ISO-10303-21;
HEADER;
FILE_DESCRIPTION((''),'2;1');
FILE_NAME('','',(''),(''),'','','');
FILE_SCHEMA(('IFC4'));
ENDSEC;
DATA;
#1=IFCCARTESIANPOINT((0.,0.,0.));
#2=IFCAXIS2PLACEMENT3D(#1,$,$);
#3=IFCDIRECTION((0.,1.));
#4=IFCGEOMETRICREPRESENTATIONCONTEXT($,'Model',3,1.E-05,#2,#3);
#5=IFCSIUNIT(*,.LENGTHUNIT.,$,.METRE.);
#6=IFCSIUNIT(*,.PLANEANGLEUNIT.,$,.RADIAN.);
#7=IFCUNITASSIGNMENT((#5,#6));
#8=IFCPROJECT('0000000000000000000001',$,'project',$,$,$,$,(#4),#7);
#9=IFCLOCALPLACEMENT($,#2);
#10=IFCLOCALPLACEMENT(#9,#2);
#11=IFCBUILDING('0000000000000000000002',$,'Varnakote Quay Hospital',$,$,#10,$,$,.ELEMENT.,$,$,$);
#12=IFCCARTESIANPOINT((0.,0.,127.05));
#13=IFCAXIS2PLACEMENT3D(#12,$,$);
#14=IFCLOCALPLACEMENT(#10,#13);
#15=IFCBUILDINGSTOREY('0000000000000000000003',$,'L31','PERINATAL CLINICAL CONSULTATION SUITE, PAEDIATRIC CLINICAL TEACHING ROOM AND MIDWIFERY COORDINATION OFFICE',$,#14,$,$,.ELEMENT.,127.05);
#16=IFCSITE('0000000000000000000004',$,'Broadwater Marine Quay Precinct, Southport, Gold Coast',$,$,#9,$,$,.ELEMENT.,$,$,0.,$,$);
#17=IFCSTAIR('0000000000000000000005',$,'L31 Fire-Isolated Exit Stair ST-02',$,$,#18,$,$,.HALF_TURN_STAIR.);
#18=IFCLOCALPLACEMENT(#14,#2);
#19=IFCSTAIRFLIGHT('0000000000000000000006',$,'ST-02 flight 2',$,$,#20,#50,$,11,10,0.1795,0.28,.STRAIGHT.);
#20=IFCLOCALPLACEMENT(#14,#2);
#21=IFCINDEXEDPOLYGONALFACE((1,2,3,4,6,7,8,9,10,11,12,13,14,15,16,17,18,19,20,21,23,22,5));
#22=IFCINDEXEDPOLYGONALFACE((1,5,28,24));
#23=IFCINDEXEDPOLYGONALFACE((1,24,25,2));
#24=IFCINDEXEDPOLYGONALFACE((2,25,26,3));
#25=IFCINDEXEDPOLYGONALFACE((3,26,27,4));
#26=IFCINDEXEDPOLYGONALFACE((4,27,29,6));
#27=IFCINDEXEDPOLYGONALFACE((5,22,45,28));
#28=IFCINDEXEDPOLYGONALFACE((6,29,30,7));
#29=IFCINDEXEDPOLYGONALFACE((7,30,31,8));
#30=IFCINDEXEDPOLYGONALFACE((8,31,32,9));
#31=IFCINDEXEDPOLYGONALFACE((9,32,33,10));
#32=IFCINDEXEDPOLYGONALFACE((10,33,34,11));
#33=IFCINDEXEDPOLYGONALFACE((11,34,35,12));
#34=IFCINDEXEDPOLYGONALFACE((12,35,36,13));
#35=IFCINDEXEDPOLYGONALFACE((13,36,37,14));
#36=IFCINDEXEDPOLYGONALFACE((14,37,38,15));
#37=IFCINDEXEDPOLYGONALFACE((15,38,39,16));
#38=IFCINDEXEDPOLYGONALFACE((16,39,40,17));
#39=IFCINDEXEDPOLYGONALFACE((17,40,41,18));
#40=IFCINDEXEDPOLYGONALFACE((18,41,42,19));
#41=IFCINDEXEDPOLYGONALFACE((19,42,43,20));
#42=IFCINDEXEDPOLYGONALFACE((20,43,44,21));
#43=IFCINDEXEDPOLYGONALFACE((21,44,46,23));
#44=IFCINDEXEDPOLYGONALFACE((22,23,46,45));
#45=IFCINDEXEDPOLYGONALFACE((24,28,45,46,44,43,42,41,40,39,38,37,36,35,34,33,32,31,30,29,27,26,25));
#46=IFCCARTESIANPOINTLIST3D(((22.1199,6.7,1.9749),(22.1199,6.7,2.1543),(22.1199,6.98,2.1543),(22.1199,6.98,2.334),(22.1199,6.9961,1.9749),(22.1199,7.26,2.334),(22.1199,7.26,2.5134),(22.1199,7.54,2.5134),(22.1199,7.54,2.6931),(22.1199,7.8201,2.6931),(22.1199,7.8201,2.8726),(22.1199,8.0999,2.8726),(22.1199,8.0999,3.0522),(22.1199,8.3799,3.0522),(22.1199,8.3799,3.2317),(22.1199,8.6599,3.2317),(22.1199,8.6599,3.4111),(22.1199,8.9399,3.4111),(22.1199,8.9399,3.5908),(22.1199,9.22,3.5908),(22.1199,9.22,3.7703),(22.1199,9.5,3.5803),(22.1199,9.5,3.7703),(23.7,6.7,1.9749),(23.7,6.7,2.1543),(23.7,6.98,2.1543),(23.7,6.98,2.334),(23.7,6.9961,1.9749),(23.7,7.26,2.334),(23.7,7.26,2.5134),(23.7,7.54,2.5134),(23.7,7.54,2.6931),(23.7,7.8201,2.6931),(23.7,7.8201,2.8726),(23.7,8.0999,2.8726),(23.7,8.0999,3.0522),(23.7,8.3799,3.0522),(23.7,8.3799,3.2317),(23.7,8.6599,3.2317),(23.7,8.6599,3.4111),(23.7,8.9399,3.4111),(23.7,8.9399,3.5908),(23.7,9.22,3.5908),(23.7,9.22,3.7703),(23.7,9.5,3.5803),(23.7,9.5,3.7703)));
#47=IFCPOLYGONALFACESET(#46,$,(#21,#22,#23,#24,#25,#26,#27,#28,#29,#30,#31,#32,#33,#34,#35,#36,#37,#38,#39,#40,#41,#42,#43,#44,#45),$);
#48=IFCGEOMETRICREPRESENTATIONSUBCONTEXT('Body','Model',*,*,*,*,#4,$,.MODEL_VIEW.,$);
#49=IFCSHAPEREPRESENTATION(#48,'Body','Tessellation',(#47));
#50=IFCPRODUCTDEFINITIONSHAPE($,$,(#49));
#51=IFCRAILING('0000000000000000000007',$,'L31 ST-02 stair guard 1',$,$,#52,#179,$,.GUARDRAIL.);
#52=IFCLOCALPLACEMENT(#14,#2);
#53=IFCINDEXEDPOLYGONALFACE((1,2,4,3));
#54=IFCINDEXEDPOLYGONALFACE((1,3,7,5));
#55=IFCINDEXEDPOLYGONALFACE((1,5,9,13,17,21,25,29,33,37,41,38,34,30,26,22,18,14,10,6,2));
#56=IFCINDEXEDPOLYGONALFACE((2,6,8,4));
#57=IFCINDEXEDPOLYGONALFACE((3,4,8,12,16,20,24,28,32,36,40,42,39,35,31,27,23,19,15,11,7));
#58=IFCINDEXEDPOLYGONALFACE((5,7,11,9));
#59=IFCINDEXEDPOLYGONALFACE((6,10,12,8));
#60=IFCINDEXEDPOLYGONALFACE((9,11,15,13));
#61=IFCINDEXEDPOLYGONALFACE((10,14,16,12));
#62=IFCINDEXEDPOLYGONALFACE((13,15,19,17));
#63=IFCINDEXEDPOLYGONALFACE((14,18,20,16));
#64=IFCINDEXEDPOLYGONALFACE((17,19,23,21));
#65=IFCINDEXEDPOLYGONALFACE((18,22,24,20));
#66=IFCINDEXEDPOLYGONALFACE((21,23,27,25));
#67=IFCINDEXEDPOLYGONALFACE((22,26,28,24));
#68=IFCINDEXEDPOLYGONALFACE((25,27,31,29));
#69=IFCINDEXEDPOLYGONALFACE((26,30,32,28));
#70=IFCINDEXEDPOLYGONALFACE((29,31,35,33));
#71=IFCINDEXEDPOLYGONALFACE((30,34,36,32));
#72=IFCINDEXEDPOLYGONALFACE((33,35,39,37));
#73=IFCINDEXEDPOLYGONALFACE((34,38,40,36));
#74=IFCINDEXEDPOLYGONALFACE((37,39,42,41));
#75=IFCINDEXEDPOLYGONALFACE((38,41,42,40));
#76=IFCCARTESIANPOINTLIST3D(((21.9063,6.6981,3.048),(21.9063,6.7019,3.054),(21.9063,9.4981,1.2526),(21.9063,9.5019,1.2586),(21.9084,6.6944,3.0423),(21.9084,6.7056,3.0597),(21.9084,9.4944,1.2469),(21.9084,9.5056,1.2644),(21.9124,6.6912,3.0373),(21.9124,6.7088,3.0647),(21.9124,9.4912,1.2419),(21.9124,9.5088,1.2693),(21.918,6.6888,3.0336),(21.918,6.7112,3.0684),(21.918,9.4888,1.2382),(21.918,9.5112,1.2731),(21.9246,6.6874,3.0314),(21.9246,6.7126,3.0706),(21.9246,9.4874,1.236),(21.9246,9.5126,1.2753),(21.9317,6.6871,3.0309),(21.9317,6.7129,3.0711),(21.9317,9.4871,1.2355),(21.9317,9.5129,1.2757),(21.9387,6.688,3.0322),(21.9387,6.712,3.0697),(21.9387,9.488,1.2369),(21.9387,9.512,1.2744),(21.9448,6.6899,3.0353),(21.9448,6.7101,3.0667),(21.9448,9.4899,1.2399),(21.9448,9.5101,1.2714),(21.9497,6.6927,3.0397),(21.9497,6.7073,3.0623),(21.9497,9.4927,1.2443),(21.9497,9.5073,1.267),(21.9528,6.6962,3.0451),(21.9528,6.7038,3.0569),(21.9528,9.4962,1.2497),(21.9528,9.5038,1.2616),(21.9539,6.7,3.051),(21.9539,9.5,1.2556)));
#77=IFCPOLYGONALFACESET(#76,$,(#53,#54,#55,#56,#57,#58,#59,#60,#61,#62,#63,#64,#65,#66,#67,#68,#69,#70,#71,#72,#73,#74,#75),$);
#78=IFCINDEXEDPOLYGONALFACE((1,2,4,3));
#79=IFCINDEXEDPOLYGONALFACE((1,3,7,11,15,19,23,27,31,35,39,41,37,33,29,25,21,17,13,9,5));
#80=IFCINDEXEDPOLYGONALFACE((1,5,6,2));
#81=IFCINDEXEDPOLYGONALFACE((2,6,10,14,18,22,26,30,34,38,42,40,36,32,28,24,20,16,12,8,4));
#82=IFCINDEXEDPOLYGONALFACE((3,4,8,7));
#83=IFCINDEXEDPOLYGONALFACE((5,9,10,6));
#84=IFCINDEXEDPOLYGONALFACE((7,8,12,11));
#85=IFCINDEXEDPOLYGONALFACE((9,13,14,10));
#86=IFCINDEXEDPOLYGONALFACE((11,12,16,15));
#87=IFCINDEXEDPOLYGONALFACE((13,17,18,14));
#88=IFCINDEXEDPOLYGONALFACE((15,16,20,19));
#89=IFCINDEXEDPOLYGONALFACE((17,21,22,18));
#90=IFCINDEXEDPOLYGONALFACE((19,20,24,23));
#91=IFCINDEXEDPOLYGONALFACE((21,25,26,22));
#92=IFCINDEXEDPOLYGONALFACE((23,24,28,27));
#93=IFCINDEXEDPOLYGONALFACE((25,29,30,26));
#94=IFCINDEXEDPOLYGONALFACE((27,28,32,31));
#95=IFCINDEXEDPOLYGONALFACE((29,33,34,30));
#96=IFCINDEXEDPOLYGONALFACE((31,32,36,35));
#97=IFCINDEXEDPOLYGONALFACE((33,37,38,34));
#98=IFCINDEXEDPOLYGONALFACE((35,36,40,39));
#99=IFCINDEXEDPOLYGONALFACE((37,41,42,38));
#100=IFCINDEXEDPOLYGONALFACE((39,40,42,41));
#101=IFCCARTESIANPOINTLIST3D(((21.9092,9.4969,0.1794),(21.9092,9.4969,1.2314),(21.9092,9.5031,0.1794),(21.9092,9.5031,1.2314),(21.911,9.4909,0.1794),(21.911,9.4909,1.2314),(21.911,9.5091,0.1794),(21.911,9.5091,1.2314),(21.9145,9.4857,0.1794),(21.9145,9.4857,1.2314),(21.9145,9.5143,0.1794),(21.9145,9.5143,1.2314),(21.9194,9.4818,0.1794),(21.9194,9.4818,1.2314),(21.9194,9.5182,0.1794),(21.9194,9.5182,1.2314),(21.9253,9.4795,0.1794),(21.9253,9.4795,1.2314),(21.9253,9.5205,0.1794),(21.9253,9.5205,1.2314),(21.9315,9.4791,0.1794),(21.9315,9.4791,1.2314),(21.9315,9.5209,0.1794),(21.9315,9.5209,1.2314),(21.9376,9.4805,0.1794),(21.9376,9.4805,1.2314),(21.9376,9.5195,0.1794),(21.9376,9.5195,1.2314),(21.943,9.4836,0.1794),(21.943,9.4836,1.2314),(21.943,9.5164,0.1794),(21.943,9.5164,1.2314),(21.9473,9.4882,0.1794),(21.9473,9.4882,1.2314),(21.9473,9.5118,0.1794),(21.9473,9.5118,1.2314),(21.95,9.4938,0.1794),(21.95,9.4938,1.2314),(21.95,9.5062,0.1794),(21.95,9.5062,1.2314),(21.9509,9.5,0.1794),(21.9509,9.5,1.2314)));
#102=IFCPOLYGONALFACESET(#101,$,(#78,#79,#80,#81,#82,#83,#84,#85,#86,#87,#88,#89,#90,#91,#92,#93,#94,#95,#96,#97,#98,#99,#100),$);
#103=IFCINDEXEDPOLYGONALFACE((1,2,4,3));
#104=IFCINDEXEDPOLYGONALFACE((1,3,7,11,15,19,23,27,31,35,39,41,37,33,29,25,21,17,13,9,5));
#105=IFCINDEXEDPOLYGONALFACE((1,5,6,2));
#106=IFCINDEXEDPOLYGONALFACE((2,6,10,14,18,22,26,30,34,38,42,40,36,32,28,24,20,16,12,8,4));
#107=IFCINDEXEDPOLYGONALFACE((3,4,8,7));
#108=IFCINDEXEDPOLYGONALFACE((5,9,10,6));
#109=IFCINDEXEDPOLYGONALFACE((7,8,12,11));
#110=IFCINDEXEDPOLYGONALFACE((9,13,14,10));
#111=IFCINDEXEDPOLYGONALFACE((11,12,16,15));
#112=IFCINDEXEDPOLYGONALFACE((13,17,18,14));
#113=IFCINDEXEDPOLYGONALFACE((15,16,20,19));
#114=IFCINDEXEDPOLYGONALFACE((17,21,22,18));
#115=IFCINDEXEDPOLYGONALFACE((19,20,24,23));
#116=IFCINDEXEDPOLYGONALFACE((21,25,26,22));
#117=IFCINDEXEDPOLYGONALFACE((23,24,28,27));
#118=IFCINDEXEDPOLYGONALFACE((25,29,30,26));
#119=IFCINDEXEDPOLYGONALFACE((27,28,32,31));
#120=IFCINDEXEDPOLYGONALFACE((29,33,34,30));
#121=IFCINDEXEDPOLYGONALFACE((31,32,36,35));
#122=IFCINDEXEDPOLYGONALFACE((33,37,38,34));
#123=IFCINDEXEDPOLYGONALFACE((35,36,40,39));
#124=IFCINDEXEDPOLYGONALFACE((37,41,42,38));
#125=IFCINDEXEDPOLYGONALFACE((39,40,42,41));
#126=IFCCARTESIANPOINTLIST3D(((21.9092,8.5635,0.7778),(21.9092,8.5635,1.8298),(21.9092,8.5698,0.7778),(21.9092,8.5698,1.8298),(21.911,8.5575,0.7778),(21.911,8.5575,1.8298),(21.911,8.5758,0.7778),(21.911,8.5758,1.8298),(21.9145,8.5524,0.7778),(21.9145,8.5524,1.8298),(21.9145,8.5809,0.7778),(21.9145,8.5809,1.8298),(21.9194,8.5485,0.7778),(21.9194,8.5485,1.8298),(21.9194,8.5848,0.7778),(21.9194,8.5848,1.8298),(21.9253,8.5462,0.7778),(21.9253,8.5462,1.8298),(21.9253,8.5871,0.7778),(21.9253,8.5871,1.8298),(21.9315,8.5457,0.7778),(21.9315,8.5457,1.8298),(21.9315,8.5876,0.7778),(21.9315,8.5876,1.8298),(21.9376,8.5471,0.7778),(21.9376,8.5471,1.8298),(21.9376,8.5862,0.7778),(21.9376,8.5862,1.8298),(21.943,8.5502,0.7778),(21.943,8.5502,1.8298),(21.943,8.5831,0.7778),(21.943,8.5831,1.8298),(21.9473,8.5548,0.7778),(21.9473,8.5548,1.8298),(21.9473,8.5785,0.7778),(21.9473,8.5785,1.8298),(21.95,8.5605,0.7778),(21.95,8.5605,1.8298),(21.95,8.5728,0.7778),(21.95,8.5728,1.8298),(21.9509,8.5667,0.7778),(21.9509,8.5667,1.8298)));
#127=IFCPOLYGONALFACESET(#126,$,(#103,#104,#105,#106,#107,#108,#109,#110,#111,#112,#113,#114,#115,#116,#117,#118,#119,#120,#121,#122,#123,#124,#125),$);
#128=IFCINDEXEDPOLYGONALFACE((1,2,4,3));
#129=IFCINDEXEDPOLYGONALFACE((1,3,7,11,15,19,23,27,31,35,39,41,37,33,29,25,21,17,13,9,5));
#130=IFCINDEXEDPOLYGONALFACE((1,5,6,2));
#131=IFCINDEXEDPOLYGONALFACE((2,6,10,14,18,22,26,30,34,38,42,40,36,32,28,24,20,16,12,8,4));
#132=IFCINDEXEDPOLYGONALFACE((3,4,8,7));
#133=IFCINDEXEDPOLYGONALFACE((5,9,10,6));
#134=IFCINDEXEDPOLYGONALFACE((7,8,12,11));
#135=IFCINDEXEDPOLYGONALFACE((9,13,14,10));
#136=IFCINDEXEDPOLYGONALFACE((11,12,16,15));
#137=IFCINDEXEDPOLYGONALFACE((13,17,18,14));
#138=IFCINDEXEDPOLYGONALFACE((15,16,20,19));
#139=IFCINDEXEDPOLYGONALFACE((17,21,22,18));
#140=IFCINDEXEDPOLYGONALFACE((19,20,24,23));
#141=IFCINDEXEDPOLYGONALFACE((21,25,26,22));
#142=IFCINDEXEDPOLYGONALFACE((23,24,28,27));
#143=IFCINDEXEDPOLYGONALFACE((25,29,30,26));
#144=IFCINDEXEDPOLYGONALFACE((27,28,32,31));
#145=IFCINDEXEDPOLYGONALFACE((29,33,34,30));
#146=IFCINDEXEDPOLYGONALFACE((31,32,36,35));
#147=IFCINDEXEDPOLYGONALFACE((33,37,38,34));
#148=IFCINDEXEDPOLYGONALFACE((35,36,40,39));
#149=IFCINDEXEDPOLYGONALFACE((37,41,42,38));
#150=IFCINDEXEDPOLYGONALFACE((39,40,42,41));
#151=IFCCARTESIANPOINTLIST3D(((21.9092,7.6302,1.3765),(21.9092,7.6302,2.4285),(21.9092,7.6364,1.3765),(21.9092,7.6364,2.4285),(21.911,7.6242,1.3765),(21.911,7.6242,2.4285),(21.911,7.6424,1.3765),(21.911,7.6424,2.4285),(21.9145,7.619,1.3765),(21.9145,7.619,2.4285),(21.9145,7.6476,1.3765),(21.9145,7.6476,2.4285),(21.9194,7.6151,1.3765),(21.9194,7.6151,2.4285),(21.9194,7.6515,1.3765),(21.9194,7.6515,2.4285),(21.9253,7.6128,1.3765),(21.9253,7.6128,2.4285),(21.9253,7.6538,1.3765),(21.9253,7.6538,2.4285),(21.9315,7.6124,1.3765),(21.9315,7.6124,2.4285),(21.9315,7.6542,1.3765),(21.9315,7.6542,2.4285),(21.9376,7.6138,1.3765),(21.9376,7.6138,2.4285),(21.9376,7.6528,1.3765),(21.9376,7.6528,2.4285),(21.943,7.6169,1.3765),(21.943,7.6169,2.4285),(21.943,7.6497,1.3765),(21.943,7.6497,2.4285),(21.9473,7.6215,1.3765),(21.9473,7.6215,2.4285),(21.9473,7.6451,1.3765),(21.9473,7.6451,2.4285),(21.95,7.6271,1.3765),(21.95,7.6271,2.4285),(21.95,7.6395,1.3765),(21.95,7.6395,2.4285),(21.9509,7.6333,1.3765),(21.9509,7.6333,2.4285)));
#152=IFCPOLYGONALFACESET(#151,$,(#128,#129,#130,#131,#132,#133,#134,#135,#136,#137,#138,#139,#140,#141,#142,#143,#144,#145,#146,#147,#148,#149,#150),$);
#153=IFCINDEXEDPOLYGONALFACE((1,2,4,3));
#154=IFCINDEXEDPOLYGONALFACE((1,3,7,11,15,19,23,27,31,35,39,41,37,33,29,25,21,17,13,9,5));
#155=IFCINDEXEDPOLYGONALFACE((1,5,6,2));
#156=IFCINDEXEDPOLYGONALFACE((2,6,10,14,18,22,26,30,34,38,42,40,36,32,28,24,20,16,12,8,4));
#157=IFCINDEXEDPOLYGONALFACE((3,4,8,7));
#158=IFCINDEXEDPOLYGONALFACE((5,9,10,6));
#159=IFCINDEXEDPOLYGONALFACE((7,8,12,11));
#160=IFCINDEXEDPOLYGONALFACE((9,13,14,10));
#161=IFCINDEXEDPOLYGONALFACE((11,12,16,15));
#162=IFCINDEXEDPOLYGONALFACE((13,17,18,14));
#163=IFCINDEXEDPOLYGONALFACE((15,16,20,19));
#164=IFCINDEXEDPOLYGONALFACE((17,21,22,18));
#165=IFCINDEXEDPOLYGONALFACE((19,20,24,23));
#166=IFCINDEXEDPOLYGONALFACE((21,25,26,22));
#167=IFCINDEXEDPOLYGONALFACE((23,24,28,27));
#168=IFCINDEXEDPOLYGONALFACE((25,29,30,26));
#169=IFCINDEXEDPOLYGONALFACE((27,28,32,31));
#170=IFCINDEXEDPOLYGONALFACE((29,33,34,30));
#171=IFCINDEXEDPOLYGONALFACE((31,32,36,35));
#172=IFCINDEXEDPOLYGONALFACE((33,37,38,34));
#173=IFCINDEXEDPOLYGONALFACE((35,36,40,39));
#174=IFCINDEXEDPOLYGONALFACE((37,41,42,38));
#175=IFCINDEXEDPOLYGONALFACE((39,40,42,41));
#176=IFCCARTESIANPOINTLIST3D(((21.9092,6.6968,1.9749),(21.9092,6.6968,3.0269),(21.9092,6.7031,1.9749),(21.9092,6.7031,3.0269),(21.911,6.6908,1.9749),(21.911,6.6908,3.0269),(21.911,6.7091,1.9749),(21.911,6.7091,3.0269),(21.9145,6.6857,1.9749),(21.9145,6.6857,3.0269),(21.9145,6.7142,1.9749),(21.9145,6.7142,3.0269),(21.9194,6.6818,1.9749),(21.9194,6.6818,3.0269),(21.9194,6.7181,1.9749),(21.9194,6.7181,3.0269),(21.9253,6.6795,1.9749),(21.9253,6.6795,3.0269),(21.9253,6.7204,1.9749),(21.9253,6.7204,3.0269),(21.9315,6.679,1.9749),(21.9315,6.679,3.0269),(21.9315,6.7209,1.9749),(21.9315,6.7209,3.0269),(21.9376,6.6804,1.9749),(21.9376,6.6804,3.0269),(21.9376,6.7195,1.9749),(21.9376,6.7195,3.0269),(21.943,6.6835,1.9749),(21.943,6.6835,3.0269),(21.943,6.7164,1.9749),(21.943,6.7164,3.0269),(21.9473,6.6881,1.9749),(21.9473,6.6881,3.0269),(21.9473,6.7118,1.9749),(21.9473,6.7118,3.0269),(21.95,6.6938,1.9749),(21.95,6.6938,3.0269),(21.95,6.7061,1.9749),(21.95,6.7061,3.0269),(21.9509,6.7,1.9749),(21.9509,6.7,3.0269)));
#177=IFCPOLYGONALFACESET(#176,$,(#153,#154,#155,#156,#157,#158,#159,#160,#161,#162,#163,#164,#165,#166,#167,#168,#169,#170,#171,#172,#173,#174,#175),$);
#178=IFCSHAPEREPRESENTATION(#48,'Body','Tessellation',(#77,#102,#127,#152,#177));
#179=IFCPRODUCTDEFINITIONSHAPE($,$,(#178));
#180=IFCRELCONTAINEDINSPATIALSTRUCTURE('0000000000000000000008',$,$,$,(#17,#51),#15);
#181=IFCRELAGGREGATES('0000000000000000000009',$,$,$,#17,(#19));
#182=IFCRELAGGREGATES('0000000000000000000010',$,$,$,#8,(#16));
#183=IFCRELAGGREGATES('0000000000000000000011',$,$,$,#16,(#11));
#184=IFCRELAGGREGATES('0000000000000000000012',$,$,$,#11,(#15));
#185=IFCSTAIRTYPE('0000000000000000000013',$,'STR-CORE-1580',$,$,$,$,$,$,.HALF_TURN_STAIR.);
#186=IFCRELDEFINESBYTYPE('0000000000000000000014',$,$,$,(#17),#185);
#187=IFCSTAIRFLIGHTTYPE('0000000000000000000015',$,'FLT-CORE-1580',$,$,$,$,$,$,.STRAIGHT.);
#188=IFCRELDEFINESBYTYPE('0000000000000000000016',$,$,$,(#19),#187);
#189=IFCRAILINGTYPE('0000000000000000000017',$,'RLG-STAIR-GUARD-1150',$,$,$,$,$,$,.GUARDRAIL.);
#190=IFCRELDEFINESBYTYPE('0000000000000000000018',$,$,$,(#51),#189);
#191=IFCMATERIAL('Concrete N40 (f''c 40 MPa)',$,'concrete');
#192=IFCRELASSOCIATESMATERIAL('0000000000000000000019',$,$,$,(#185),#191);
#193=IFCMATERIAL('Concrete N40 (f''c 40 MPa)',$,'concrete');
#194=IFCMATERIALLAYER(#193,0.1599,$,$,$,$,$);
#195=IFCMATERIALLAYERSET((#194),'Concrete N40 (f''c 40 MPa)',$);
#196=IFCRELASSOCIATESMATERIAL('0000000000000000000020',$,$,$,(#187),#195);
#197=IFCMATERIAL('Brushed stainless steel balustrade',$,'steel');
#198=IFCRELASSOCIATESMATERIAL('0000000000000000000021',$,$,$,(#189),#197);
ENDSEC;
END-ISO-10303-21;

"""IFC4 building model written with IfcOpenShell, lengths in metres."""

from ifc_helpers import new_model, si_unit, direction, frame, origin, origin_2d, place, context, subcontext, project, spatial, polyline, circle, outline, extrude, material, layer, layer_set, type_object, element, aggregate, save


model = new_model("IFC4")

# Units and contexts
model_context = context("Model", 3, precision=1e-05, world=origin(), true_north=direction((0.0, 1.0)))
body_context = subcontext(model_context, "Body", "Model", "MODEL_VIEW")
ifc_project = project(units=[si_unit("LENGTHUNIT", "METRE"), si_unit("PLANEANGLEUNIT", "RADIAN")], contexts=[model_context])

# Site, building, storey
site_placement = place(None, origin())
site = spatial("IfcSite", under=ifc_project, at=site_placement, Name="Broadwater Marine Quay Precinct, Southport, Gold Coast", CompositionType="ELEMENT", RefElevation=0.0)
building_placement = place(site_placement, origin())
building = spatial("IfcBuilding", under=site, at=building_placement, Name="Varnakote Quay Hospital", CompositionType="ELEMENT")
storey_placement = place(building_placement, frame((0.0, 0.0, 127.05)))
storey = spatial("IfcBuildingStorey", under=building, at=storey_placement, Name="L31", Description="PERINATAL CLINICAL CONSULTATION SUITE, PAEDIATRIC CLINICAL TEACHING ROOM AND MIDWIFERY COORDINATION OFFICE", CompositionType="ELEMENT", Elevation=127.05)

# Stair, stair flight
ifc_material_1 = material(Name="Concrete N40 (f'c 40 MPa)", Category="concrete")
stair_type = type_object("IfcStairType", Name="STR-CORE-1580", PredefinedType="HALF_TURN_STAIR", material=ifc_material_1)
stair_placement = place(storey_placement, origin())
stair = element("IfcStair", 1, at=stair_placement, inside=storey, type_object=stair_type, Name="L31 Fire-Isolated Exit Stair ST-02", PredefinedType="HALF_TURN_STAIR")
ifc_material_2 = material(Name="Concrete N40 (f'c 40 MPa)", Category="concrete")
ifc_layer_1 = layer(ifc_material_2, 0.1599)
ifc_layer_set_1 = layer_set([ifc_layer_1], Name="Concrete N40 (f'c 40 MPa)")
stair_flight_type = type_object("IfcStairFlightType", Name="FLT-CORE-1580", PredefinedType="STRAIGHT", material=ifc_layer_set_1)
stair_flight_1_placement = place(storey_placement, frame((22.9099, 6.7, 1.9749), z_axis=(0.0, 0.0, 1.0), x_axis=(0.0, 1.0, 0.0)))
stair_flight_1 = element("IfcStairFlight", 2, at=stair_flight_1_placement, type_object=stair_flight_type, Name="ST-02 flight 2", NumberOfRisers=11, NumberOfTreads=10, PredefinedType="STRAIGHT", RiserHeight=0.1795, TreadLength=0.28, context=body_context, shape_type="SweptSolid", body=[
    extrude(outline(polyline([(0.0, 0.0), (0.0, 0.1794), (0.28, 0.1794), (0.28, 0.3591), (0.5601, 0.3591), (0.5601, 0.5386), (0.8401, 0.5386), (0.8401, 0.7183), (1.1201, 0.7183), (1.1201, 0.8977), (1.3999, 0.8977), (1.3999, 1.0774), (1.6799, 1.0774), (1.6799, 1.2568), (1.96, 1.2568), (1.96, 1.4363), (2.24, 1.4363), (2.24, 1.616), (2.52, 1.616), (2.52, 1.7954), (2.8, 1.7954), (2.8, 1.9751), (2.8, 1.6055), (0.2961, 0.0), (0.0, 0.0)])), frame((0.0, 0.79, 0.0), z_axis=(0.0, -1.0, 0.0), x_axis=(1.0, 0.0, 0.0)), (0.0, 0.0, 1.0), 1.5801),
])
aggregate(stair, [stair_flight_1])

# Railing
ifc_material_3 = material(Name="Brushed stainless steel balustrade", Category="steel")
railing_type_1 = type_object("IfcRailingType", Name="RLG-STAIR-GUARD-1150", PredefinedType="GUARDRAIL", material=ifc_material_3)
railing_1_placement = place(storey_placement, frame((21.9299, 9.5, 0.1794)))
element("IfcRailing", 3, at=railing_1_placement, inside=storey, type_object=railing_type_1, Name="L31 ST-02 stair guard 1", PredefinedType="GUARDRAIL", context=body_context, shape_type="SweptSolid", body=[
    extrude(circle(Radius=0.0239, at=origin_2d()), frame((0.0, 0.0, 1.0762), z_axis=(0.0, -0.84181, 0.539774), x_axis=(1.0, 0.0, 0.0)), (0.0, 0.0, 1.0), 3.3262),
    extrude(circle(Radius=0.021, at=origin_2d()), origin(), (0.0, 0.0, 1.0), 1.052),
    extrude(circle(Radius=0.021, at=origin_2d()), frame((0.0, -0.9333, 0.5984)), (0.0, 0.0, 1.0), 1.052),
    extrude(circle(Radius=0.021, at=origin_2d()), frame((0.0, -1.8667, 1.197)), (0.0, 0.0, 1.0), 1.052),
    extrude(circle(Radius=0.021, at=origin_2d()), frame((0.0, -2.8, 1.7954)), (0.0, 0.0, 1.0), 1.052),
])

save(model, "model.ifc")
